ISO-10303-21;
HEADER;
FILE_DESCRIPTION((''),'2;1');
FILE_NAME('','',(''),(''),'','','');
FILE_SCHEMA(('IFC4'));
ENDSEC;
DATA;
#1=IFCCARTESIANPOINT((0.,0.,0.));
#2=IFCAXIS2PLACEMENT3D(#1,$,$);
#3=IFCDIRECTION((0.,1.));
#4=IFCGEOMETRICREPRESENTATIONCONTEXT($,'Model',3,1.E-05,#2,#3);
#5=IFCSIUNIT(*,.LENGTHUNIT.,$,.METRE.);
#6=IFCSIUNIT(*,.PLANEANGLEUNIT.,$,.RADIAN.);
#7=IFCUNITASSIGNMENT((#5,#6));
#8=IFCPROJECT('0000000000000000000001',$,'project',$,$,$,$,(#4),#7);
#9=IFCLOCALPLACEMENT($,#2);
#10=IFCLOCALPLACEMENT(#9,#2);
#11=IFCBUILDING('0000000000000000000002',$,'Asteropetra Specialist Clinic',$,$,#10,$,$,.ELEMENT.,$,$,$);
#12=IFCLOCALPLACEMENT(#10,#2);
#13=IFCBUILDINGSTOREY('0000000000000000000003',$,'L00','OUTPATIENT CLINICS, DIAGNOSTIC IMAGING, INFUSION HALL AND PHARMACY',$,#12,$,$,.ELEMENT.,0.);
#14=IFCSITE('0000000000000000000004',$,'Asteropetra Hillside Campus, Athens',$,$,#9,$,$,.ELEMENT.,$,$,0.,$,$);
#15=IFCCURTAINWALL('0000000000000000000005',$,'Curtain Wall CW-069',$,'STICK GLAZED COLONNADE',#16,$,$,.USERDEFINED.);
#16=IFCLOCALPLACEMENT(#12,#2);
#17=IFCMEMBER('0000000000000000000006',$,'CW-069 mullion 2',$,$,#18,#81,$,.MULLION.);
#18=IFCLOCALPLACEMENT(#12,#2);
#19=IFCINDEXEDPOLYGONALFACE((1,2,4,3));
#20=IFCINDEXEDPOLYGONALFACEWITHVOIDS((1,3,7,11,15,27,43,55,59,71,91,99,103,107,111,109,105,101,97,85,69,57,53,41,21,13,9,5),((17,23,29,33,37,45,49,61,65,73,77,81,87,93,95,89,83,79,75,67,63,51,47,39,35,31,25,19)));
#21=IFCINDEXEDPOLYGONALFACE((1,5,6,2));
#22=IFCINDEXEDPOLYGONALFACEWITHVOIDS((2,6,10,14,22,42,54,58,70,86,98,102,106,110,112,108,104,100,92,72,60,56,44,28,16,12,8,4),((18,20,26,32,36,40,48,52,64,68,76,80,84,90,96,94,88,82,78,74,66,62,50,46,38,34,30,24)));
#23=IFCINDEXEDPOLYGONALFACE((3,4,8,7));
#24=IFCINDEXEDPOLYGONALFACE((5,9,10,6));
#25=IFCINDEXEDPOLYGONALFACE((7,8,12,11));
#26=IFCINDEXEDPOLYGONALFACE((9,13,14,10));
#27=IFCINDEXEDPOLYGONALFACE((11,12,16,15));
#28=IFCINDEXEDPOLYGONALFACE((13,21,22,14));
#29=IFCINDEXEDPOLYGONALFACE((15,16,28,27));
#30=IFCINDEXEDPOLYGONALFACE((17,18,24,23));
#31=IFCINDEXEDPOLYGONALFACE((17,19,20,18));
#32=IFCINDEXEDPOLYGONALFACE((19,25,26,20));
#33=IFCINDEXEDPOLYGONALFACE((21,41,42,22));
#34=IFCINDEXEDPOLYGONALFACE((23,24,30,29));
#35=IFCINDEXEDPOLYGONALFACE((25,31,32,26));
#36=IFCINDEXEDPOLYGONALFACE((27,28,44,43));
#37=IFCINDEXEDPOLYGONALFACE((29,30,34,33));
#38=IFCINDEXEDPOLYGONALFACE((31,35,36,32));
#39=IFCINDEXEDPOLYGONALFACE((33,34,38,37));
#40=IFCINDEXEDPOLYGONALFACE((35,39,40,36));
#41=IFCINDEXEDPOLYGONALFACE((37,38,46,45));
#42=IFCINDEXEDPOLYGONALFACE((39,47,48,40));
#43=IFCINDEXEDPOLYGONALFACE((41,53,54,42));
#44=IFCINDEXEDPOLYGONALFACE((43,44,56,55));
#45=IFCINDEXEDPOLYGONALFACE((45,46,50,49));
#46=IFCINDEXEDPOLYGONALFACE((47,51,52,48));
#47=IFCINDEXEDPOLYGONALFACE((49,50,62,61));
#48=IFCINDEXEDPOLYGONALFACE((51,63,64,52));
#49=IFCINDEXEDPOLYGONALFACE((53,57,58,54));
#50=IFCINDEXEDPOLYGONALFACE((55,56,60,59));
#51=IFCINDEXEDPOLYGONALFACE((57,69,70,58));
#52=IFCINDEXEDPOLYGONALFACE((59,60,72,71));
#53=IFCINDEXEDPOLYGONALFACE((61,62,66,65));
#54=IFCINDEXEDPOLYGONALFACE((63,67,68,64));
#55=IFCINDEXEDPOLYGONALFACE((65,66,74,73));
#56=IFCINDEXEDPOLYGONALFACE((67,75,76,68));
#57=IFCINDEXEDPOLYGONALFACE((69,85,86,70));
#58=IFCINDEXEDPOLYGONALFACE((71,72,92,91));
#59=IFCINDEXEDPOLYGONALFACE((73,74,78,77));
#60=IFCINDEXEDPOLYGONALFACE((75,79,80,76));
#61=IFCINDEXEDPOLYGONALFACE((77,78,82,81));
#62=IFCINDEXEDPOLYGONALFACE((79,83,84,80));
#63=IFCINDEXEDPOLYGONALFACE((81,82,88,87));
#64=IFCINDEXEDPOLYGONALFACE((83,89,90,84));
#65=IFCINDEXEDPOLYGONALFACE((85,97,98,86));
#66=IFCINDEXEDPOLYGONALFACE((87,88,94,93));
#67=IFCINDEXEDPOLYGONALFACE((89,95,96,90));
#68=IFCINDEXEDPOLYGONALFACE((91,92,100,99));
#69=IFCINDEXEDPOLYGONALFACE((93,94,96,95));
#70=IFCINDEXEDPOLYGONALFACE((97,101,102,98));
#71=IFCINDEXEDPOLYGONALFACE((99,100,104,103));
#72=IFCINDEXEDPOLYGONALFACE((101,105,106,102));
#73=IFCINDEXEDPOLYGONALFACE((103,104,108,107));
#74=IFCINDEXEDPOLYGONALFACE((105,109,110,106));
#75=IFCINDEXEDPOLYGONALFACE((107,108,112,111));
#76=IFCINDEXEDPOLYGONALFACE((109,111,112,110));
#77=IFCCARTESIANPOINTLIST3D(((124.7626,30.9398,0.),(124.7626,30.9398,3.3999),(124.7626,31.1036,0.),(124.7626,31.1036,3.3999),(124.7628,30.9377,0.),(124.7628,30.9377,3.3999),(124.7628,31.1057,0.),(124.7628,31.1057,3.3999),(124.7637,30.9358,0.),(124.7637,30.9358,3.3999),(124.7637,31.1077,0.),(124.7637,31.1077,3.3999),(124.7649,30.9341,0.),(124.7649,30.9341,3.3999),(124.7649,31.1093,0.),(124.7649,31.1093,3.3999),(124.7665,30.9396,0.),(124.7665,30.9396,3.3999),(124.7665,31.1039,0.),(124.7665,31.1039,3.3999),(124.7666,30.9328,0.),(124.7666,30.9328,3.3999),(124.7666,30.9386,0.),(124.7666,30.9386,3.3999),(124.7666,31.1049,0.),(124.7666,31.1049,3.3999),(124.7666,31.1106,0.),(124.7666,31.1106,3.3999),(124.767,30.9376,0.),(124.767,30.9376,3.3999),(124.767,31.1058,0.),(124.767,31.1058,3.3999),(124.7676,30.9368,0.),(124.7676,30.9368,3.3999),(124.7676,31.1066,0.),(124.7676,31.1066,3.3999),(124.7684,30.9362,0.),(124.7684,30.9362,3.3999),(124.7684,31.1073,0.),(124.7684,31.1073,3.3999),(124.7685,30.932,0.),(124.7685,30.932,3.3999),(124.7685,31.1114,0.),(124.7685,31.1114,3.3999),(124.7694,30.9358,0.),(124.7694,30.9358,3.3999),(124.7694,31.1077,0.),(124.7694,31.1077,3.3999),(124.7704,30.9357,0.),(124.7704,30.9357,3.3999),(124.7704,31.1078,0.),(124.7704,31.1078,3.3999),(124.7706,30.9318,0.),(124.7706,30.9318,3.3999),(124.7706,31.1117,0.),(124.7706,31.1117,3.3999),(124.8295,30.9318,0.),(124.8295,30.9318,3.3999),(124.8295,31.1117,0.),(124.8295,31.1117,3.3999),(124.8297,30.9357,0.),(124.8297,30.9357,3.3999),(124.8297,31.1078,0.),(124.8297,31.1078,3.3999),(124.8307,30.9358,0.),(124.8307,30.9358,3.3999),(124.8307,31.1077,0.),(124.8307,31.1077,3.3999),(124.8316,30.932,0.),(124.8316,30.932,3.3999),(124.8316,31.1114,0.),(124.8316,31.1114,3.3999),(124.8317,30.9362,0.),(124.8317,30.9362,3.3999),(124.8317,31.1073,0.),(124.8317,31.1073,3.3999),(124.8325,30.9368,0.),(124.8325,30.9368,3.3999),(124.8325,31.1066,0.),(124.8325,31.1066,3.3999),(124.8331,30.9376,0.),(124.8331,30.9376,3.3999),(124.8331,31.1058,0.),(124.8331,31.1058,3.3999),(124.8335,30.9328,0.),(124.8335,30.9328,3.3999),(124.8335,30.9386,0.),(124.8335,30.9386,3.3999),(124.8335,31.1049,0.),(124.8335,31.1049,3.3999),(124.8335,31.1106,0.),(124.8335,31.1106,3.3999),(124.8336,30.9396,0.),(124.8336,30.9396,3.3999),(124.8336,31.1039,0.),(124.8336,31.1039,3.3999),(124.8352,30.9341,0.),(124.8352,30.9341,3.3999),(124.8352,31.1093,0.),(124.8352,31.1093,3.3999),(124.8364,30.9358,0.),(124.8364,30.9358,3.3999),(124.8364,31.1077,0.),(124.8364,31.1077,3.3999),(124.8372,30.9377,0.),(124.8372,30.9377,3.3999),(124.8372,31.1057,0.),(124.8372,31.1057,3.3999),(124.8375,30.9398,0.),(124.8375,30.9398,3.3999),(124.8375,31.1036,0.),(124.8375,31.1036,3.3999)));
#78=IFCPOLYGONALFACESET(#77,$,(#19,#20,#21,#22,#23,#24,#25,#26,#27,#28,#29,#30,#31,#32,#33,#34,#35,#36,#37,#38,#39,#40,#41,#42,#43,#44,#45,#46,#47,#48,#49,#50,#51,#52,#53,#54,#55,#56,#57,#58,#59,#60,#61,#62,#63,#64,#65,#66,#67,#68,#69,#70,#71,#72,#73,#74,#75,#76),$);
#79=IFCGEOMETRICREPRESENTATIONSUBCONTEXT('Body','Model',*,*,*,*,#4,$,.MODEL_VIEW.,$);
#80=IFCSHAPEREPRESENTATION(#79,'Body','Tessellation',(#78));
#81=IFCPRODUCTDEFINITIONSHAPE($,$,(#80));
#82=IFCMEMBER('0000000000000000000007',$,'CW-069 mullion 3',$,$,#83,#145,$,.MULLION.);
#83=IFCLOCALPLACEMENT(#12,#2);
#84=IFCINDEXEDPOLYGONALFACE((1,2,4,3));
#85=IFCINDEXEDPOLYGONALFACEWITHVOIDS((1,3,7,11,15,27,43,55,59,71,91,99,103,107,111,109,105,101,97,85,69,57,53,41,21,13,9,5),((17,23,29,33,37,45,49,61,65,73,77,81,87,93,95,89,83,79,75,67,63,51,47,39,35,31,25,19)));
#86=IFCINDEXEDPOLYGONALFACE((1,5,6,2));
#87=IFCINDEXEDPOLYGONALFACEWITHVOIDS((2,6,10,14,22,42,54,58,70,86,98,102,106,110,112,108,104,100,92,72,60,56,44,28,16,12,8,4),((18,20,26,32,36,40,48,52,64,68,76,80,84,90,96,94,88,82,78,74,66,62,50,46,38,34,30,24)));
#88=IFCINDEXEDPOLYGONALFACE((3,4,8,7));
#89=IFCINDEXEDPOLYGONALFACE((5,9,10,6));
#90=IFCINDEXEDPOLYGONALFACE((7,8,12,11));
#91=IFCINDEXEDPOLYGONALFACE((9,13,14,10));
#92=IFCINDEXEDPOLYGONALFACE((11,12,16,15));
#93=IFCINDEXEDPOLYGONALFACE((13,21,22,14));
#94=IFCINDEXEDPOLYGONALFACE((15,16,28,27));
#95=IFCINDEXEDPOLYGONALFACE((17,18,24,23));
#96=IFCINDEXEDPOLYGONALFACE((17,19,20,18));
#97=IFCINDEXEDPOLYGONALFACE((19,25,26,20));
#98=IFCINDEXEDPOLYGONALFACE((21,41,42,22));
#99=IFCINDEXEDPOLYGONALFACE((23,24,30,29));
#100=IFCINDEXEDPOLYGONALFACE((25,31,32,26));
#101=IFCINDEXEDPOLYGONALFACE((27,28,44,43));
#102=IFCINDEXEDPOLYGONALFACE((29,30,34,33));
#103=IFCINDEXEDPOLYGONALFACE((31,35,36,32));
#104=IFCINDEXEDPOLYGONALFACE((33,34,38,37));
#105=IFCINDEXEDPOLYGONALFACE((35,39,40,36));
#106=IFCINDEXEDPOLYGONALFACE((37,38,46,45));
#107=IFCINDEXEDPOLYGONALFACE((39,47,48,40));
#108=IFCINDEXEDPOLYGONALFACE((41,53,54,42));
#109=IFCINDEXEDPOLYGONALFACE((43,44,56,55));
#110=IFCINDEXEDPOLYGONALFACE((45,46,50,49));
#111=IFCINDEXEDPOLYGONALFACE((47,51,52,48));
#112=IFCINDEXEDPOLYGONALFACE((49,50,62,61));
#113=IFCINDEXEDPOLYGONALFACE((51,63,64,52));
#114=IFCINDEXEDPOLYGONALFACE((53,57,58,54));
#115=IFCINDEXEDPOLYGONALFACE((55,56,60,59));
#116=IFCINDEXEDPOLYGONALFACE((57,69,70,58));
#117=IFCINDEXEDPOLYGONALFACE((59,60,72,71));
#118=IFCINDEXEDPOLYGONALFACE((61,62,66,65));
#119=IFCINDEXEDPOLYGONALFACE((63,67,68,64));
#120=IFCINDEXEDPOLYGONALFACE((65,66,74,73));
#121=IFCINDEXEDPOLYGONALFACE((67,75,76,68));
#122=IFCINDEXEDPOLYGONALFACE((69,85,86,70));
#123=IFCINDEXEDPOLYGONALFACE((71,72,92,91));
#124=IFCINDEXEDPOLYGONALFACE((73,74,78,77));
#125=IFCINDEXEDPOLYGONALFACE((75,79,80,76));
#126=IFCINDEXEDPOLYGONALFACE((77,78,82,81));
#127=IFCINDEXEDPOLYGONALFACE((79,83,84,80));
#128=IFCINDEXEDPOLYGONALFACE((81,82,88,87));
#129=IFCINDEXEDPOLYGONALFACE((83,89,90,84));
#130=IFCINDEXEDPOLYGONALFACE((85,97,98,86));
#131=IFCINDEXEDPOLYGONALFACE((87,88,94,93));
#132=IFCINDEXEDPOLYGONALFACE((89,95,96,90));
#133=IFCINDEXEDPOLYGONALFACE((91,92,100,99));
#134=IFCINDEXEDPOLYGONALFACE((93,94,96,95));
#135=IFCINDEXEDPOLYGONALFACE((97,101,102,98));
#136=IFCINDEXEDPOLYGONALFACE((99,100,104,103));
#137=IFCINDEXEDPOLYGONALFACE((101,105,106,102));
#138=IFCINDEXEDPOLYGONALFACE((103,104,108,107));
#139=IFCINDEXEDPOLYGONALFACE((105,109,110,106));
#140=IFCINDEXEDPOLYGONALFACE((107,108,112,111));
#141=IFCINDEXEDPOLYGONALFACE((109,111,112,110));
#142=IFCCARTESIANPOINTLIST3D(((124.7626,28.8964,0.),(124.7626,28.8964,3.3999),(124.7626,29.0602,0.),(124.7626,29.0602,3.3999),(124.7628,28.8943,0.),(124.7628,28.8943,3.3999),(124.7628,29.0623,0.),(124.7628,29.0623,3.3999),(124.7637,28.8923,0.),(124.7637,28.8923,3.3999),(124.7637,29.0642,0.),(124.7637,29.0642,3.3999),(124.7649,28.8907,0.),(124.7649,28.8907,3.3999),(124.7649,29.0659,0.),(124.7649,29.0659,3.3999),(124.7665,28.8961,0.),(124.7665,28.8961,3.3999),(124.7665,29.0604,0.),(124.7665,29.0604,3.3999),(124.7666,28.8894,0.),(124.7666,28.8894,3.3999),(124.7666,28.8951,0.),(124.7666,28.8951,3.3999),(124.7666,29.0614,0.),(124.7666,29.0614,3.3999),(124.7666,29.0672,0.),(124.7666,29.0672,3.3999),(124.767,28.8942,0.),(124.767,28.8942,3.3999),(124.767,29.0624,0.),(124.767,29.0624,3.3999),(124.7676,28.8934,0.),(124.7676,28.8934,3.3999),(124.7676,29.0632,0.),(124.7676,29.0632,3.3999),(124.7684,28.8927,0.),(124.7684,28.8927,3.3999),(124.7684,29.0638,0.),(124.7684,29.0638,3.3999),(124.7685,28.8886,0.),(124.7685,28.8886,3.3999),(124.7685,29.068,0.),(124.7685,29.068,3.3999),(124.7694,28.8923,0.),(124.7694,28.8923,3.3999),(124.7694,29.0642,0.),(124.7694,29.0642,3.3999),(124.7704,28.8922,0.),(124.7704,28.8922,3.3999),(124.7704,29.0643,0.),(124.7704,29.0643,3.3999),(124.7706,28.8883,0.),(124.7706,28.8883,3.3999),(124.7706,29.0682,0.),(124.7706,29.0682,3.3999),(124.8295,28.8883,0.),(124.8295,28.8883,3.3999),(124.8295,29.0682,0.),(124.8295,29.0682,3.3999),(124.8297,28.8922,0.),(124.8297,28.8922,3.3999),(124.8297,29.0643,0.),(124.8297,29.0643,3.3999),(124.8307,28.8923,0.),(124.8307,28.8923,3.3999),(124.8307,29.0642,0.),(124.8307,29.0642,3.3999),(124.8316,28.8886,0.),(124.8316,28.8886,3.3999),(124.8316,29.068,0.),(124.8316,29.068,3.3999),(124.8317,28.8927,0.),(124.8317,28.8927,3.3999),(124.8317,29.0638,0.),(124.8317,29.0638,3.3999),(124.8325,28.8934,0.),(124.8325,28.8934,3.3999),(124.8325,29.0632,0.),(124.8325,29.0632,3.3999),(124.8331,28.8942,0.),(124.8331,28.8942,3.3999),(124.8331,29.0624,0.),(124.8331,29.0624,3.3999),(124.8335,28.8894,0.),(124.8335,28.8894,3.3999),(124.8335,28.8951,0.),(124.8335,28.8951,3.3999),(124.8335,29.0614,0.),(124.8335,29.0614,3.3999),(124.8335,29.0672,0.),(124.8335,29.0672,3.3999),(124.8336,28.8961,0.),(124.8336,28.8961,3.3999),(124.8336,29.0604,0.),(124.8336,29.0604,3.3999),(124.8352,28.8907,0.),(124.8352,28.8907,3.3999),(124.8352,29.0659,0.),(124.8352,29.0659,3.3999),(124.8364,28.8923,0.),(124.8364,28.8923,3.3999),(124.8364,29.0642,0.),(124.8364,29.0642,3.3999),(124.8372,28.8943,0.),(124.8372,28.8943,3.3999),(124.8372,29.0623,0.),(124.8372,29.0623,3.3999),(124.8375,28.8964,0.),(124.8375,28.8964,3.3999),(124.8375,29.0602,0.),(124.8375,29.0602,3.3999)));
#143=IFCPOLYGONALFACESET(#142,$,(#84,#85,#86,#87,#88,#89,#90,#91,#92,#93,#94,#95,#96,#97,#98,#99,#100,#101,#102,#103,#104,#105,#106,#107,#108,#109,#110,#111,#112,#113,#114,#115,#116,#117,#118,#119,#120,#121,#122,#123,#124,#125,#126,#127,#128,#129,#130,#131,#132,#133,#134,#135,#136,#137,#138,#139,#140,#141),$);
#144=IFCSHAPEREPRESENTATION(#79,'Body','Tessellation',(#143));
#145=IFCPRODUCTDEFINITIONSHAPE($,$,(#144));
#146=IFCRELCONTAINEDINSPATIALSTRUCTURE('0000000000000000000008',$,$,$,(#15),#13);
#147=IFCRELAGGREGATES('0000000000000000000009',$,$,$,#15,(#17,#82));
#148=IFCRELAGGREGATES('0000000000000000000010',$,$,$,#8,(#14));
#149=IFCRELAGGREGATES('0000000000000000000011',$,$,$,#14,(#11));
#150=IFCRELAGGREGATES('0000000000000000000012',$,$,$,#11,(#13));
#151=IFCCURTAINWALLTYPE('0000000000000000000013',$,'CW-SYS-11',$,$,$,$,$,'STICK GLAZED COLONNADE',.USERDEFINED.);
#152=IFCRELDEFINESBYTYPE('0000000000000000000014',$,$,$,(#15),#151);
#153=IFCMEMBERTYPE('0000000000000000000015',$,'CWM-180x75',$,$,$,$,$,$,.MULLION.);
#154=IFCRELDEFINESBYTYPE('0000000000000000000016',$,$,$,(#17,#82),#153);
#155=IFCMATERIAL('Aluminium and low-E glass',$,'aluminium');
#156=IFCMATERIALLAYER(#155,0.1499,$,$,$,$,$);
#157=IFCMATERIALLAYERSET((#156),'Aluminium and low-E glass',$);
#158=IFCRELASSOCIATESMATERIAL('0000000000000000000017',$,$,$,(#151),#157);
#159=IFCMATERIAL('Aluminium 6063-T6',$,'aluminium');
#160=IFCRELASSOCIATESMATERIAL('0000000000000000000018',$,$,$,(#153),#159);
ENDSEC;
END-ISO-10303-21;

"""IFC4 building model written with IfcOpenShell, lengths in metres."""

from ifc_helpers import new_model, si_unit, direction, frame, origin, origin_2d, place, context, subcontext, project, spatial, hollow_rectangle, extrude, material, layer, layer_set, material_profile, profile_set, type_object, element, aggregate, save


model = new_model("IFC4")

# Units and contexts
model_context = context("Model", 3, precision=1e-05, world=origin(), true_north=direction((0.0, 1.0)))
body_context = subcontext(model_context, "Body", "Model", "MODEL_VIEW")
ifc_project = project(units=[si_unit("LENGTHUNIT", "METRE"), si_unit("PLANEANGLEUNIT", "RADIAN")], contexts=[model_context])

# Site, building, storey
site_placement = place(None, origin())
site = spatial("IfcSite", under=ifc_project, at=site_placement, Name="Asteropetra Hillside Campus, Athens", CompositionType="ELEMENT", RefElevation=0.0)
building_placement = place(site_placement, origin())
building = spatial("IfcBuilding", under=site, at=building_placement, Name="Asteropetra Specialist Clinic", CompositionType="ELEMENT")
storey_placement = place(building_placement, origin())
storey = spatial("IfcBuildingStorey", under=building, at=storey_placement, Name="L00", Description="OUTPATIENT CLINICS, DIAGNOSTIC IMAGING, INFUSION HALL AND PHARMACY", CompositionType="ELEMENT", Elevation=0.0)

# Shared definitions
ifc_material_1 = material(Name="Aluminium and low-E glass", Category="aluminium")
ifc_layer_1 = layer(ifc_material_1, 0.1499)
ifc_layer_set_1 = layer_set([ifc_layer_1], Name="Aluminium and low-E glass")
curtain_wall_type_1 = type_object("IfcCurtainWallType", Name="CW-SYS-11", ElementType="STICK GLAZED COLONNADE", PredefinedType="USERDEFINED", material=ifc_layer_set_1)

# Curtain wall, members
curtain_wall_1_placement = place(storey_placement, origin())
curtain_wall_1 = element("IfcCurtainWall", 1, at=curtain_wall_1_placement, inside=storey, type_object=curtain_wall_type_1, Name="Curtain Wall CW-069", ObjectType="STICK GLAZED COLONNADE", PredefinedType="USERDEFINED")
ifc_material_2 = material(Name="Aluminium 6063-T6", Category="aluminium")
ifc_material_profile_1 = material_profile(ifc_material_2, hollow_rectangle(XDim=0.075, YDim=0.1799, WallThickness=0.0039, InnerFilletRadius=0.0039, OuterFilletRadius=0.0081, at=origin_2d()), Name="MUL 180x75x4.0")
ifc_profile_set_1 = profile_set([ifc_material_profile_1], Name="Aluminium 6063-T6")
member_type_1 = type_object("IfcMemberType", Name="CWM-180x75", PredefinedType="MULLION", material=ifc_profile_set_1)
member_1_placement = place(storey_placement, frame((124.8, 31.0217, 0.0), z_axis=(0.0, 0.0, 1.0), x_axis=(1.0, 0.0, 0.0)))
member_1 = element("IfcMember", 2, at=member_1_placement, type_object=member_type_1, Name="CW-069 mullion 2", PredefinedType="MULLION", context=body_context, shape_type="SweptSolid", body=[
    extrude(hollow_rectangle(XDim=0.075, YDim=0.1799, WallThickness=0.0039, InnerFilletRadius=0.0039, OuterFilletRadius=0.0081, at=origin_2d()), origin(), (0.0, 0.0, 1.0), 3.3999),
])
member_2_placement = place(storey_placement, frame((124.8, 28.9783, 0.0), z_axis=(0.0, 0.0, 1.0), x_axis=(1.0, 0.0, 0.0)))
member_2 = element("IfcMember", 3, at=member_2_placement, type_object=member_type_1, Name="CW-069 mullion 3", PredefinedType="MULLION", context=body_context, shape_type="SweptSolid", body=[
    extrude(hollow_rectangle(XDim=0.075, YDim=0.1799, WallThickness=0.0039, InnerFilletRadius=0.0039, OuterFilletRadius=0.0081, at=origin_2d()), origin(), (0.0, 0.0, 1.0), 3.3999),
])

aggregate(curtain_wall_1, [member_1, member_2])

save(model, "model.ifc")
